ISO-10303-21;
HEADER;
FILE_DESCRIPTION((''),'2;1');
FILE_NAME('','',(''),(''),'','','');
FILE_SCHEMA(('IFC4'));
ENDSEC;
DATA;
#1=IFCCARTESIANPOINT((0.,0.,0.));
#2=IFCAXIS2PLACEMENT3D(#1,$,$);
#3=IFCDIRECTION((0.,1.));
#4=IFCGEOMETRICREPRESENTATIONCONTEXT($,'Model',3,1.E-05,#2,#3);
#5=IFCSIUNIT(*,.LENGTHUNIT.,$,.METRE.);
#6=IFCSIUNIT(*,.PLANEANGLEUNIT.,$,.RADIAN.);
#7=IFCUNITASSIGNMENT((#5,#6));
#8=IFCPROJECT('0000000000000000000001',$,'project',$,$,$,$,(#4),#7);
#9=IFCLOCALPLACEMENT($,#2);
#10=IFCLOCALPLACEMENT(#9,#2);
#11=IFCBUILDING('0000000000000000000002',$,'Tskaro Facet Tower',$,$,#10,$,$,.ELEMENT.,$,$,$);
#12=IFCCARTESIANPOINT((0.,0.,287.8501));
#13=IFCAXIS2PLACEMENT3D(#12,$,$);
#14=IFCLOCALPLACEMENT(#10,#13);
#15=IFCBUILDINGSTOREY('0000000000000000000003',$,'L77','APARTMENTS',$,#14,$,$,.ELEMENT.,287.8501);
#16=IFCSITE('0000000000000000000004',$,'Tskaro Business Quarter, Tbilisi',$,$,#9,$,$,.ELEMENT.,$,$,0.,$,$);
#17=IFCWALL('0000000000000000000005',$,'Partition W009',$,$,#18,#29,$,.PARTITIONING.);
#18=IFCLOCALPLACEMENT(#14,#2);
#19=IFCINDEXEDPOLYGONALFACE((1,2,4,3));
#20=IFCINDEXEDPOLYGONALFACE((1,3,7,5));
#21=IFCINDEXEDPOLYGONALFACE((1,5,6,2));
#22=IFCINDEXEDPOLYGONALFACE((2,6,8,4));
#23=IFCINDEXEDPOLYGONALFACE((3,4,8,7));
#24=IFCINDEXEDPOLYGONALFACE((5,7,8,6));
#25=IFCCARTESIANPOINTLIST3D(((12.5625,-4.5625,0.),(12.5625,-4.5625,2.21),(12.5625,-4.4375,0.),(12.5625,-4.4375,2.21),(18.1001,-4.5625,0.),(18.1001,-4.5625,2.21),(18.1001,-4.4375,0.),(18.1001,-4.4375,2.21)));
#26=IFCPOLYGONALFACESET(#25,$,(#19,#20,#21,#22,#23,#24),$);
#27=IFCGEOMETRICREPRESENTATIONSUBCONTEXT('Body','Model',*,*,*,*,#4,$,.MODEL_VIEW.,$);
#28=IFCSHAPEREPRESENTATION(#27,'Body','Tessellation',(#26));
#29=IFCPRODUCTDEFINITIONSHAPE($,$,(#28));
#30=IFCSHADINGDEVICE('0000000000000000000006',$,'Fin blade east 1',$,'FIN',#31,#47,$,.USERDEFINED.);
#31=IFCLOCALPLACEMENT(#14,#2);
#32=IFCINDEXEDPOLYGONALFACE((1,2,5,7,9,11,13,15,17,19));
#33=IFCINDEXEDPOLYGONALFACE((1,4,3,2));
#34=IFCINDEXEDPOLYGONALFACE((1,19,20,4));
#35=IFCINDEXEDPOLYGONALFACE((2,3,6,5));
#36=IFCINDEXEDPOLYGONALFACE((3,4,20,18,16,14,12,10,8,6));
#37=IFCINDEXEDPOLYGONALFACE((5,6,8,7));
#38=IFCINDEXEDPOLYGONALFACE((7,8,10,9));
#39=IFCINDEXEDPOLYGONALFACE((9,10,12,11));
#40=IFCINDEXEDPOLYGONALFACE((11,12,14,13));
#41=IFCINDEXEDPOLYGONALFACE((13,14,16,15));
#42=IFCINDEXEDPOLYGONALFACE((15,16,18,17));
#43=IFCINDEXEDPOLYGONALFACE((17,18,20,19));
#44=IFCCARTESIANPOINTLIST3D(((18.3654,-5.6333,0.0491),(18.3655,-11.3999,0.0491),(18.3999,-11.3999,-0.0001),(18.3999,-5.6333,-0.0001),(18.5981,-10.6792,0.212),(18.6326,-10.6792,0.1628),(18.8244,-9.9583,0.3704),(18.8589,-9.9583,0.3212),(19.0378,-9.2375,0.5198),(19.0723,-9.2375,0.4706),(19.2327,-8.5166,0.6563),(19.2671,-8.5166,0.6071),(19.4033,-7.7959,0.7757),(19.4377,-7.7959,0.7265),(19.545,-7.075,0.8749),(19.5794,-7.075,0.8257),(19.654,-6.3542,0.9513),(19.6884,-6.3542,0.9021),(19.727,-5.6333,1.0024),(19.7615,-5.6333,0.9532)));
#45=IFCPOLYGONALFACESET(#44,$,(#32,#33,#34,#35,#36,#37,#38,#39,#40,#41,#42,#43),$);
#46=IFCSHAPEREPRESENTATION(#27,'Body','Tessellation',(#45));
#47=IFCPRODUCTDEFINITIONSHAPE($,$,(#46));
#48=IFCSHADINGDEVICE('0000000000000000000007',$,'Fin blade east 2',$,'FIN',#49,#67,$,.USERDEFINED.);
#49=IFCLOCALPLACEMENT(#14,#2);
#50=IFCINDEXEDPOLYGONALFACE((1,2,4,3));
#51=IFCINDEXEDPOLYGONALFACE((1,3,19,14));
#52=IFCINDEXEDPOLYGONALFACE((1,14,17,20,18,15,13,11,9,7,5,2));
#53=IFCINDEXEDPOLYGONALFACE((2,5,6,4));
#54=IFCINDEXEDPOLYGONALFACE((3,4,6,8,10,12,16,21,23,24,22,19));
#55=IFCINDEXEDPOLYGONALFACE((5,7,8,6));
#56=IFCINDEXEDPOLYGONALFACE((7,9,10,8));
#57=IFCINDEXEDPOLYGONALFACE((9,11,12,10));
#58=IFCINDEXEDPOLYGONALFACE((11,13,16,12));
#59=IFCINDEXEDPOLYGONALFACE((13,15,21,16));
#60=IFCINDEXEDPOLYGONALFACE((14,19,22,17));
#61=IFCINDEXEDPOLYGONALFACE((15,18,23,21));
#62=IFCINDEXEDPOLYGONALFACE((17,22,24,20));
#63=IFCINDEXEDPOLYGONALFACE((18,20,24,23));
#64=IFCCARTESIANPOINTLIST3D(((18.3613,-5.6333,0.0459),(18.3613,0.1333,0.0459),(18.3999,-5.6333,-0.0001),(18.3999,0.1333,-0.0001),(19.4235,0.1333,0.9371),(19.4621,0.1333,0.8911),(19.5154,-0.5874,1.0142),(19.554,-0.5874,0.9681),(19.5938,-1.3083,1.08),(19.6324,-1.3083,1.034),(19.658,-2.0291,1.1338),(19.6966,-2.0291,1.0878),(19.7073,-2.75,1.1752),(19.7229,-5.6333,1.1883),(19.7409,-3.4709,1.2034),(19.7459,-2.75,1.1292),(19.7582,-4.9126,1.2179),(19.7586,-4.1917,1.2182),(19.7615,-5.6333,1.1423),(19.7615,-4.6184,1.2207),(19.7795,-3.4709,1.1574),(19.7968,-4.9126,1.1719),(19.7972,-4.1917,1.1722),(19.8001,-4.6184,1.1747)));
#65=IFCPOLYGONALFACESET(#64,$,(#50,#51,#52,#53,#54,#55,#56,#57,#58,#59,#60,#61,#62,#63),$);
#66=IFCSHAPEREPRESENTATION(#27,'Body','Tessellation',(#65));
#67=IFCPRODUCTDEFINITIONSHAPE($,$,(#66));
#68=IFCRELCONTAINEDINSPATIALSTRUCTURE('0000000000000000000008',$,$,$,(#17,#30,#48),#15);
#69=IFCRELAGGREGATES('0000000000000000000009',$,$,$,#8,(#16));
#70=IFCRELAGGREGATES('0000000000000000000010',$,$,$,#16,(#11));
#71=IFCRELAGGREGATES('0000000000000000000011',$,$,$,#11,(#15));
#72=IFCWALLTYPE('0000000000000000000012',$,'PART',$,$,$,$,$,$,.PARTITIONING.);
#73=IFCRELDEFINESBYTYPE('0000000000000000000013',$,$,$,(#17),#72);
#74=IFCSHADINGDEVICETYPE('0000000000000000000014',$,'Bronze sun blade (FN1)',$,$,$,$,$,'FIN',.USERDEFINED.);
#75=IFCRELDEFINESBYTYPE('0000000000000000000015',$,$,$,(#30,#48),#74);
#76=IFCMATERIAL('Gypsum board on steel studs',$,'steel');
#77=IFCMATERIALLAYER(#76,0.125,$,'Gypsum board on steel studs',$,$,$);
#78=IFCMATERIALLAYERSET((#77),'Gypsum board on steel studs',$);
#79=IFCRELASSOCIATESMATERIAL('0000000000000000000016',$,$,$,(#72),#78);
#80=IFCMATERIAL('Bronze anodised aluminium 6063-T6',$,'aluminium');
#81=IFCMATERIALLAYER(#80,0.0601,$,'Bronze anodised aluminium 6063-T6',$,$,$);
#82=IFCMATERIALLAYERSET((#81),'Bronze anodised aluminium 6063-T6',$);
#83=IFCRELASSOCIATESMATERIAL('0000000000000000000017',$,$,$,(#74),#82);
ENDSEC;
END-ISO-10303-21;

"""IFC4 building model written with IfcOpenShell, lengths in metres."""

from ifc_helpers import new_model, si_unit, direction, frame, frame_2d, origin, place, context, subcontext, project, spatial, polyline, rectangle, outline, extrude, material, layer, layer_set, type_object, element, save


model = new_model("IFC4")

# Units and contexts
model_context = context("Model", 3, precision=1e-05, world=origin(), true_north=direction((0.0, 1.0)))
body_context = subcontext(model_context, "Body", "Model", "MODEL_VIEW")
ifc_project = project(units=[si_unit("LENGTHUNIT", "METRE"), si_unit("PLANEANGLEUNIT", "RADIAN")], contexts=[model_context])

# Site, building, storey
site_placement = place(None, origin())
site = spatial("IfcSite", under=ifc_project, at=site_placement, Name="Tskaro Business Quarter, Tbilisi", CompositionType="ELEMENT", RefElevation=0.0)
building_placement = place(site_placement, origin())
building = spatial("IfcBuilding", under=site, at=building_placement, Name="Tskaro Facet Tower", CompositionType="ELEMENT")
storey_placement = place(building_placement, frame((0.0, 0.0, 287.8501)))
storey = spatial("IfcBuildingStorey", under=building, at=storey_placement, Name="L77", Description="APARTMENTS", CompositionType="ELEMENT", Elevation=287.8501)

# Shared definitions
ifc_material_1 = material(Name="Bronze anodised aluminium 6063-T6", Category="aluminium")

# Wall
ifc_material_2 = material(Name="Gypsum board on steel studs", Category="steel")
ifc_layer_1 = layer(ifc_material_2, 0.125, Name="Gypsum board on steel studs")
ifc_layer_set_1 = layer_set([ifc_layer_1], Name="Gypsum board on steel studs")
wall_type_1 = type_object("IfcWallType", Name="PART", PredefinedType="PARTITIONING", material=ifc_layer_set_1)
for number, where, z_axis, x_axis, name in (
    (1, (12.5625, -4.5, 0.0), (0.0, 0.0, 1.0), (1.0, 0.0, 0.0), "Partition W009"),
):
    element("IfcWall", number, at=place(storey_placement, frame(where, z_axis=z_axis, x_axis=x_axis)), inside=storey, type_object=wall_type_1, Name=name, PredefinedType="PARTITIONING", context=body_context, shape_type="SweptSolid", body=[
        extrude(rectangle(XDim=5.5376, YDim=0.125, at=frame_2d((2.7688, 0.0))), origin(), (0.0, 0.0, 1.0), 2.21),
    ])

# Shading devices
ifc_layer_2 = layer(ifc_material_1, 0.0601, Name="Bronze anodised aluminium 6063-T6")
ifc_layer_set_2 = layer_set([ifc_layer_2], Name="Bronze anodised aluminium 6063-T6")
shading_device_type = type_object("IfcShadingDeviceType", Name="Bronze sun blade (FN1)", ElementType="FIN", PredefinedType="USERDEFINED", material=ifc_layer_set_2)
shading_device_1_placement = place(storey_placement, frame((18.3655, -11.3999, 0.0491), z_axis=(-0.57353, -0.000014, 0.819184), x_axis=(-0.000008, 1.0, 0.000012)))
element("IfcShadingDevice", 2, at=shading_device_1_placement, inside=storey, type_object=shading_device_type, Name="Fin blade east 1", ObjectType="FIN", PredefinedType="USERDEFINED", context=body_context, shape_type="SweptSolid", body=[
    extrude(outline(polyline([(0.0, 0.0), (5.7666, 0.0), (5.7666, -1.6622), (5.0457, -1.573), (4.325, -1.4399), (3.604, -1.2669), (2.8833, -1.0586), (2.1624, -0.8208), (1.4417, -0.5603), (0.7207, -0.284), (0.0, 0.0)])), origin(), (0.0, 0.0, -1.0), 0.0601),
])
shading_device_2_placement = place(storey_placement, frame((18.3613, -5.6333, 0.0459), z_axis=(-0.642752, 0.000003, 0.766074), x_axis=(0.000002, 1.0, -0.000002)))
element("IfcShadingDevice", 3, at=shading_device_2_placement, inside=storey, type_object=shading_device_type, Name="Fin blade east 2", ObjectType="FIN", PredefinedType="USERDEFINED", context=body_context, shape_type="SweptSolid", body=[
    extrude(outline(polyline([(0.0, 0.0), (5.7666, 0.0), (5.7666, -1.3865), (5.0459, -1.5064), (4.325, -1.6088), (3.6042, -1.6926), (2.8833, -1.757), (2.1624, -1.8009), (1.4417, -1.8239), (1.0149, -1.8277), (0.7207, -1.8234), (0.0, -1.7773), (0.0, 0.0)])), origin(), (0.0, 0.0, -1.0), 0.0601),
])

save(model, "model.ifc")
